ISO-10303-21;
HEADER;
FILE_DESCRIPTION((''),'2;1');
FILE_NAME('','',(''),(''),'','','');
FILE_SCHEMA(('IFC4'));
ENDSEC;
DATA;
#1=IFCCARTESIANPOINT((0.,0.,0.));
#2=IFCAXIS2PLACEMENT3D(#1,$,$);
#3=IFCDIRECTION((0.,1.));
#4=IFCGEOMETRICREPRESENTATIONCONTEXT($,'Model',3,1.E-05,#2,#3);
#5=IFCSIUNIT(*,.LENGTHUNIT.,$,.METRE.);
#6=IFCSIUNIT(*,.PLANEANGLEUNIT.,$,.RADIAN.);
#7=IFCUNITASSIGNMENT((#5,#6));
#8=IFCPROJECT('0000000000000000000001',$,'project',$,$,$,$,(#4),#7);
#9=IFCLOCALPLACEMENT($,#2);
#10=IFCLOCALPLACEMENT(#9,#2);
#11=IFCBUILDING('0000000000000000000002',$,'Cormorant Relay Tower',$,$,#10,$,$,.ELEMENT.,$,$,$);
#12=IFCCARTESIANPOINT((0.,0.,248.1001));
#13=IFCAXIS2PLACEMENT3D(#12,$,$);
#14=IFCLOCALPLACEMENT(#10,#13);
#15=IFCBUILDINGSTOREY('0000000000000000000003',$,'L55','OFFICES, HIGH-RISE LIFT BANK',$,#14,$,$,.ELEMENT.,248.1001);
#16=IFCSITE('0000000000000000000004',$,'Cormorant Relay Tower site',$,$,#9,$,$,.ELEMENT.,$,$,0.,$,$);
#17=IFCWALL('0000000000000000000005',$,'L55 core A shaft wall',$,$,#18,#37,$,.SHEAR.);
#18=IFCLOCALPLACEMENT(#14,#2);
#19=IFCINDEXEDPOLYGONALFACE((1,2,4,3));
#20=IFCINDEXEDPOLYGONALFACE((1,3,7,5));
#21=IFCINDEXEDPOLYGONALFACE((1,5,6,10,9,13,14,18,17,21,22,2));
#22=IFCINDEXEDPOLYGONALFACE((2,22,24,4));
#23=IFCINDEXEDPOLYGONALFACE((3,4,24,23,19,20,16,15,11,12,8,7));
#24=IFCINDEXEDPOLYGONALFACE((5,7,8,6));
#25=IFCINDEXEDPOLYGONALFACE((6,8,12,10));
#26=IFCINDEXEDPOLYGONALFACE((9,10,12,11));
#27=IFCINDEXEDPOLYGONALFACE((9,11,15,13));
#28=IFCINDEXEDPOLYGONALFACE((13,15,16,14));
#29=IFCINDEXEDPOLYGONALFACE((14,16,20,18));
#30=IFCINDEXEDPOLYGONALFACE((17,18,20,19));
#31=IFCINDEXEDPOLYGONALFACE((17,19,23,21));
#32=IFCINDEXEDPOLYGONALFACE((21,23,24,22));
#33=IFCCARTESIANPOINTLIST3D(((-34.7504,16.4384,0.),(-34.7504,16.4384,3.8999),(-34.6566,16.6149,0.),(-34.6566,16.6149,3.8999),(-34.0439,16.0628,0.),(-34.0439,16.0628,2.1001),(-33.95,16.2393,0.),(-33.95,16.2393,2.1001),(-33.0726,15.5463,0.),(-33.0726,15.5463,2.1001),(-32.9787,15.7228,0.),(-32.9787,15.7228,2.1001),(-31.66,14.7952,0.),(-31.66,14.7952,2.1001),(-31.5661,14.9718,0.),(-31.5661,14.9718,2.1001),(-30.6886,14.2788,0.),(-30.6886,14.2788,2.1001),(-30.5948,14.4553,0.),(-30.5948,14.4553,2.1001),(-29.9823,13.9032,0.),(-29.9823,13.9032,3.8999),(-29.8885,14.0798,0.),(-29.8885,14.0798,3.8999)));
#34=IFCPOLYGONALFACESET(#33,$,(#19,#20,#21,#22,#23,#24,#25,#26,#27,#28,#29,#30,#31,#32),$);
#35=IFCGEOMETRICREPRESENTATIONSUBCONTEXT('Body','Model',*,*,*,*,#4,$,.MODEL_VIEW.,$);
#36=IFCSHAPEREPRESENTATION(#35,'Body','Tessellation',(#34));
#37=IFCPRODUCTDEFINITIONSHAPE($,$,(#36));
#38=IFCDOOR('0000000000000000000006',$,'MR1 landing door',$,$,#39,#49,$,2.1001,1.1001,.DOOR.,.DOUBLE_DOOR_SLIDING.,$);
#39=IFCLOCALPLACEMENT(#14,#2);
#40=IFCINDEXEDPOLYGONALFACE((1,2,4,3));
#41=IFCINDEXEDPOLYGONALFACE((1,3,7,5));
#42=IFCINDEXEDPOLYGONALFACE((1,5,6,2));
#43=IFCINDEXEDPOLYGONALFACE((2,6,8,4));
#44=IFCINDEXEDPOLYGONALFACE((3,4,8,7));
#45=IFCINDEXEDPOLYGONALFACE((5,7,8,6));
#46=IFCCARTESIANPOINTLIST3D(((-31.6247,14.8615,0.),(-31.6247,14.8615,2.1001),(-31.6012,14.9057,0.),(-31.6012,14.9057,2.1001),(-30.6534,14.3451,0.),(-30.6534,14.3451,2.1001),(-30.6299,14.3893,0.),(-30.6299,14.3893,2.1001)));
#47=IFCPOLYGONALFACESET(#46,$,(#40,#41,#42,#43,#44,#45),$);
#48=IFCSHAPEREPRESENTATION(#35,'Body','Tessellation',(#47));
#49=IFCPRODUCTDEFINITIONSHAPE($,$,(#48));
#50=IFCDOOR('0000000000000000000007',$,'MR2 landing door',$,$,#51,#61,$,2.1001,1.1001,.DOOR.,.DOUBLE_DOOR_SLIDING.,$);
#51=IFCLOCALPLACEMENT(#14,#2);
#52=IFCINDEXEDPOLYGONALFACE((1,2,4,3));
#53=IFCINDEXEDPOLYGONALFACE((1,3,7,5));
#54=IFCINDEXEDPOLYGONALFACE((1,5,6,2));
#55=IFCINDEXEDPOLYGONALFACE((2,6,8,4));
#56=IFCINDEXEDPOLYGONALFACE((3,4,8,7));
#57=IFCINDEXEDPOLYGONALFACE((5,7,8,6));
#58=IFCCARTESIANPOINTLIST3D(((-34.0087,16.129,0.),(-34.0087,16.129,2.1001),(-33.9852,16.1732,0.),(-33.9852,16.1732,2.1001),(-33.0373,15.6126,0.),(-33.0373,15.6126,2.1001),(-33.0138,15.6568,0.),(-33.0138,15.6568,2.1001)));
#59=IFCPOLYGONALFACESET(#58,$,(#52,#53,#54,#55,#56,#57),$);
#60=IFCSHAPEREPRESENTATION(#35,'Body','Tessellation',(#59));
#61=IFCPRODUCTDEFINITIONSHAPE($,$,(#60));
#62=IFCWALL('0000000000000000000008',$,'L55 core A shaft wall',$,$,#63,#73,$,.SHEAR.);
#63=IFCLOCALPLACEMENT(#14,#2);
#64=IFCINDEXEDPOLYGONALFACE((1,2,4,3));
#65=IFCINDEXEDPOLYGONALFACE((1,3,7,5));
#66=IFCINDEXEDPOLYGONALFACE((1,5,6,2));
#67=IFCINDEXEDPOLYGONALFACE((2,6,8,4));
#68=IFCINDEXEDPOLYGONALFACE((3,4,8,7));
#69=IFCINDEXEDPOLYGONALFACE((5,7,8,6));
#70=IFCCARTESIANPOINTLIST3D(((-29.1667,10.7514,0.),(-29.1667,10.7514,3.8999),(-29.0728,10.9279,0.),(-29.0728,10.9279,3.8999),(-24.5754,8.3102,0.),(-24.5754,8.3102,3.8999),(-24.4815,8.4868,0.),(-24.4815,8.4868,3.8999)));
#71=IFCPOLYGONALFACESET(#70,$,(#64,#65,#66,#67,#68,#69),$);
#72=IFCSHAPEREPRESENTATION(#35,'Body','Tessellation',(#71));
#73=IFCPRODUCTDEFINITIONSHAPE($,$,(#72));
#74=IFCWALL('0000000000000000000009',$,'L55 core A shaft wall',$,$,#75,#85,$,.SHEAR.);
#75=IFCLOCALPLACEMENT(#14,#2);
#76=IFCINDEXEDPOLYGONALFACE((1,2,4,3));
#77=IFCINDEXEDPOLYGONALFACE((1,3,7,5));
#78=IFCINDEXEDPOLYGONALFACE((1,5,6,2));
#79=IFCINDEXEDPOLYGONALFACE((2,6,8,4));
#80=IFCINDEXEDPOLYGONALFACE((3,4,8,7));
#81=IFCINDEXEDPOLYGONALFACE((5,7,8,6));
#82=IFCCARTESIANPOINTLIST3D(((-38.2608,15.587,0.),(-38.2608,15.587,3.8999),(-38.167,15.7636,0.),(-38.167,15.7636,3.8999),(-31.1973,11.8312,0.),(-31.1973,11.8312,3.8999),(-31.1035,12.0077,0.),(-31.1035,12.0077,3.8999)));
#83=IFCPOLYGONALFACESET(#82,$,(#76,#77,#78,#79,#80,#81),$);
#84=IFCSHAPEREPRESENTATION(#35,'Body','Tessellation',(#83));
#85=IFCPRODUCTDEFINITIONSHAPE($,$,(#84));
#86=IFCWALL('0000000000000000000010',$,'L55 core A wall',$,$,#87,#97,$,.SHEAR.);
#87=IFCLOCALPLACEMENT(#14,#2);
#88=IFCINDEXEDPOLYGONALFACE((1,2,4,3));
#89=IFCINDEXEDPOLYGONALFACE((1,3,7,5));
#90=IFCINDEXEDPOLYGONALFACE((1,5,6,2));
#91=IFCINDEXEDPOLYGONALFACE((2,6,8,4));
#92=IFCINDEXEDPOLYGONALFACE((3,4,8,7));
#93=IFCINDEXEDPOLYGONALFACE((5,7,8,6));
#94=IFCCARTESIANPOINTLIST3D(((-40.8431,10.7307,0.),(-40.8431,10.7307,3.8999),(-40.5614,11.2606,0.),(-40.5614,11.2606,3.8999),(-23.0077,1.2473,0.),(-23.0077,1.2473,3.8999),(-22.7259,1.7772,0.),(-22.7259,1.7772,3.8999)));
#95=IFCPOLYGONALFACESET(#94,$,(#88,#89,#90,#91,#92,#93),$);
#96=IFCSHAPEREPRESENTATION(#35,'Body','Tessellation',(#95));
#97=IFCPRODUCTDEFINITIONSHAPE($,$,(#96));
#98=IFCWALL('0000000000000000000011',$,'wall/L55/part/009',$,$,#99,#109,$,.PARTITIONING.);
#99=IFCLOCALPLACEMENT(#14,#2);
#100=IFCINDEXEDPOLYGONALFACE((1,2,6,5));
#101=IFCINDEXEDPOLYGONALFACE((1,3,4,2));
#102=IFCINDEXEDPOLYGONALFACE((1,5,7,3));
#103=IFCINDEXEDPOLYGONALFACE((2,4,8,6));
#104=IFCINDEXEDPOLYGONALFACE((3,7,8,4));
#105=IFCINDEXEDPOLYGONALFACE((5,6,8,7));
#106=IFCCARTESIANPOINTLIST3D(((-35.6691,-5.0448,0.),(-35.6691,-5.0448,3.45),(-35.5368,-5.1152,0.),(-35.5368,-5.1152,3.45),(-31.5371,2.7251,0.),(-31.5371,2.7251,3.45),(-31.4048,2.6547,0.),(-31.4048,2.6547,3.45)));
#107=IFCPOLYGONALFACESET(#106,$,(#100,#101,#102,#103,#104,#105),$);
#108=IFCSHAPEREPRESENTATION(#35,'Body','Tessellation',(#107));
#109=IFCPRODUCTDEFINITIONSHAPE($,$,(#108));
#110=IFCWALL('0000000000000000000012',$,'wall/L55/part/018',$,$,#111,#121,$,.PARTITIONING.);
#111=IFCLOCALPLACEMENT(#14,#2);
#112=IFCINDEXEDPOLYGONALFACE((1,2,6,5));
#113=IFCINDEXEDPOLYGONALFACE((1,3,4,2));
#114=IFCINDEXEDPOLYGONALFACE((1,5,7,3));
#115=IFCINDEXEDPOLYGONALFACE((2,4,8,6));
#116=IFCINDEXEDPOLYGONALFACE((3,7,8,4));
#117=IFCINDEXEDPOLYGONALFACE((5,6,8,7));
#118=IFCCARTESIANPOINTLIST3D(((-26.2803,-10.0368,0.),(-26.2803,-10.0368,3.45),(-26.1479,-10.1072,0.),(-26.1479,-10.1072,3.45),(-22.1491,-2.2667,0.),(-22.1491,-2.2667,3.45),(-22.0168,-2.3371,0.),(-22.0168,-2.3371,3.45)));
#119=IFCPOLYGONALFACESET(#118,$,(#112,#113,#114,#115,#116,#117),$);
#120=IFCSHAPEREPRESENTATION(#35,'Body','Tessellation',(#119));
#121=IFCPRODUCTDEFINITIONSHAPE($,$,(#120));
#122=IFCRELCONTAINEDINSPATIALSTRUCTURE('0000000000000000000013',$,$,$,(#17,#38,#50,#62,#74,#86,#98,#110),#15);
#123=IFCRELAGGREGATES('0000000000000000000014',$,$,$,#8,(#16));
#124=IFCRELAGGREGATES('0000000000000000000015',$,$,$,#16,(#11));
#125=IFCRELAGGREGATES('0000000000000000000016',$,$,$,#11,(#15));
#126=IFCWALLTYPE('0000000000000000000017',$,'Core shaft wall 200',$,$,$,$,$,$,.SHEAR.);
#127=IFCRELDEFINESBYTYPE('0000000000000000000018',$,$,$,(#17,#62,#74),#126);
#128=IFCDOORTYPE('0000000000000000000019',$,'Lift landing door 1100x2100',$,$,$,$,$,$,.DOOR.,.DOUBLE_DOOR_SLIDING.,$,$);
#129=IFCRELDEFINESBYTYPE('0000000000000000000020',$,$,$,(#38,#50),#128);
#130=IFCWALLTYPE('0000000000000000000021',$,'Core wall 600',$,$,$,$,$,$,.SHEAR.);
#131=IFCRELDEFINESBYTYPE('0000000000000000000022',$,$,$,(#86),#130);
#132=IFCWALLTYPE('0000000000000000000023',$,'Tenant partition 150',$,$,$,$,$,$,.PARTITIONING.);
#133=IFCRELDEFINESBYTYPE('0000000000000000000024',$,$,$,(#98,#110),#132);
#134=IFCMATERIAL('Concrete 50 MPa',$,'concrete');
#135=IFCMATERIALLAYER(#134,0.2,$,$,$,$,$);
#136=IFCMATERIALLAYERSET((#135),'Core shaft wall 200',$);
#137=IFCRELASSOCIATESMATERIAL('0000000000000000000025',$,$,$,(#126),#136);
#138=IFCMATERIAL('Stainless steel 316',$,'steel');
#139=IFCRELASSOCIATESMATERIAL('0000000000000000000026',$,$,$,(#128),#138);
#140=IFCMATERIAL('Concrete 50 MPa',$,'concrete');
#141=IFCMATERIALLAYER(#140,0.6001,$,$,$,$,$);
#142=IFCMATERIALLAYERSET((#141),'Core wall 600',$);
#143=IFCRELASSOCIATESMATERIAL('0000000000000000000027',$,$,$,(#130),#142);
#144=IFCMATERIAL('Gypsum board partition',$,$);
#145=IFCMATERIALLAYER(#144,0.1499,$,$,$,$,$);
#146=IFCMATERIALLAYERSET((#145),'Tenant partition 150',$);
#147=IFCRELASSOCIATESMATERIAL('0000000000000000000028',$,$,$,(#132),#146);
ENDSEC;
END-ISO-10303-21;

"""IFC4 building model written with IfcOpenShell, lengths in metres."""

from ifc_helpers import new_model, si_unit, direction, frame, frame_2d, origin, place, context, subcontext, project, spatial, rectangle, extrude, material, layer, layer_set, type_object, element, fill, save


model = new_model("IFC4")

# Units and contexts
model_context = context("Model", 3, precision=1e-05, world=origin(), true_north=direction((0.0, 1.0)))
body_context = subcontext(model_context, "Body", "Model", "MODEL_VIEW")
ifc_project = project(units=[si_unit("LENGTHUNIT", "METRE"), si_unit("PLANEANGLEUNIT", "RADIAN")], contexts=[model_context])

# Site, building, storey
site_placement = place(None, origin())
site = spatial("IfcSite", under=ifc_project, at=site_placement, Name="Cormorant Relay Tower site", CompositionType="ELEMENT", RefElevation=0.0)
building_placement = place(site_placement, origin())
building = spatial("IfcBuilding", under=site, at=building_placement, Name="Cormorant Relay Tower", CompositionType="ELEMENT")
storey_placement = place(building_placement, frame((0.0, 0.0, 248.1001)))
storey = spatial("IfcBuildingStorey", under=building, at=storey_placement, Name="L55", Description="OFFICES, HIGH-RISE LIFT BANK", CompositionType="ELEMENT", Elevation=248.1001)

# Shared definitions
ifc_material_1 = material(Name="Concrete 50 MPa", Category="concrete")
ifc_layer_1 = layer(ifc_material_1, 0.2)
ifc_layer_set_1 = layer_set([ifc_layer_1], Name="Core shaft wall 200")
wall_type_1 = type_object("IfcWallType", Name="Core shaft wall 200", PredefinedType="SHEAR", material=ifc_layer_set_1)

# Wall, openings, doors
wall_1_placement = place(storey_placement, frame((-29.9353, 13.9915, 0.0), z_axis=(0.0, 0.0, 1.0), x_axis=(-0.882953, 0.469462, 0.0)))
wall_1 = element("IfcWall", 1, at=wall_1_placement, inside=storey, type_object=wall_type_1, Name="L55 core A shaft wall", PredefinedType="SHEAR", context=body_context, shape_type="SweptSolid", body=[
    extrude(rectangle(XDim=5.4001, YDim=0.2, at=frame_2d((2.7002, 0.0))), origin(), (0.0, 0.0, 1.0), 3.8999),
])
opening_1_placement = place(wall_1_placement, frame((0.8, 0.0, 0.0)))
opening_1 = element("IfcOpeningElement", 2, at=opening_1_placement, cuts=wall_1, PredefinedType="OPENING", context=body_context, shape_type="SweptSolid", body=[
    extrude(rectangle(XDim=1.1001, YDim=2.1001, at=frame_2d((0.55, 1.05))), frame((0.0, 0.1099, 0.0), z_axis=(0.0, -1.0, 0.0), x_axis=(1.0, 0.0, 0.0)), (0.0, 0.0, 1.0), 0.22),
])
opening_2_placement = place(wall_1_placement, frame((3.5, 0.0, 0.0)))
opening_2 = element("IfcOpeningElement", 3, at=opening_2_placement, cuts=wall_1, PredefinedType="OPENING", context=body_context, shape_type="SweptSolid", body=[
    extrude(rectangle(XDim=1.1001, YDim=2.1001, at=frame_2d((0.55, 1.05))), frame((0.0, 0.1099, 0.0), z_axis=(0.0, -1.0, 0.0), x_axis=(1.0, 0.0, 0.0)), (0.0, 0.0, 1.0), 0.22),
])
ifc_material_2 = material(Name="Stainless steel 316", Category="steel")
door_type_1 = type_object("IfcDoorType", Name="Lift landing door 1100x2100", OperationType="DOUBLE_DOOR_SLIDING", PredefinedType="DOOR", material=ifc_material_2)
door_1_placement = place(opening_1_placement, origin())
door_1 = element("IfcDoor", 4, at=door_1_placement, inside=storey, type_object=door_type_1, Name="MR1 landing door", OperationType="DOUBLE_DOOR_SLIDING", OverallHeight=2.1001, OverallWidth=1.1001, PredefinedType="DOOR", context=body_context, shape_type="SweptSolid", body=[
    extrude(rectangle(XDim=1.1001, YDim=2.1001, at=frame_2d((0.55, 1.05))), frame((0.0, 0.0249, 0.0), z_axis=(0.0, -1.0, 0.0), x_axis=(1.0, 0.0, 0.0)), (0.0, 0.0, 1.0), 0.05),
])
fill(opening_1, door_1)
door_2_placement = place(opening_2_placement, origin())
door_2 = element("IfcDoor", 5, at=door_2_placement, inside=storey, type_object=door_type_1, Name="MR2 landing door", OperationType="DOUBLE_DOOR_SLIDING", OverallHeight=2.1001, OverallWidth=1.1001, PredefinedType="DOOR", context=body_context, shape_type="SweptSolid", body=[
    extrude(rectangle(XDim=1.1001, YDim=2.1001, at=frame_2d((0.55, 1.05))), frame((0.0, 0.0249, 0.0), z_axis=(0.0, -1.0, 0.0), x_axis=(1.0, 0.0, 0.0)), (0.0, 0.0, 1.0), 0.05),
])
fill(opening_2, door_2)

# Walls
wall_2_placement = place(storey_placement, frame((-24.5283, 8.3984, 0.0), z_axis=(0.0, 0.0, 1.0), x_axis=(-0.882954, 0.46946, 0.0)))
element("IfcWall", 6, at=wall_2_placement, inside=storey, type_object=wall_type_1, Name="L55 core A shaft wall", PredefinedType="SHEAR", context=body_context, shape_type="SweptSolid", body=[
    extrude(rectangle(XDim=5.2, YDim=0.2, at=frame_2d((2.6001, 0.0))), origin(), (0.0, 0.0, 1.0), 3.8999),
])
wall_3_placement = place(storey_placement, frame((-31.1504, 11.9194, 0.0), z_axis=(0.0, 0.0, 1.0), x_axis=(-0.88294, 0.469485, 0.0)))
element("IfcWall", 7, at=wall_3_placement, inside=storey, type_object=wall_type_1, Name="L55 core A shaft wall", PredefinedType="SHEAR", context=body_context, shape_type="SweptSolid", body=[
    extrude(rectangle(XDim=8.0, YDim=0.2, at=frame_2d((4.0, 0.0))), origin(), (0.0, 0.0, 1.0), 3.8999),
])
ifc_material_3 = material(Name="Concrete 50 MPa", Category="concrete")
ifc_layer_2 = layer(ifc_material_3, 0.6001)
ifc_layer_set_2 = layer_set([ifc_layer_2], Name="Core wall 600")
wall_type_2 = type_object("IfcWallType", Name="Core wall 600", PredefinedType="SHEAR", material=ifc_layer_set_2)
wall_4_placement = place(storey_placement, frame((-22.8667, 1.5122, 0.0), z_axis=(0.0, 0.0, 1.0), x_axis=(-0.882945, 0.469476, 0.0)))
element("IfcWall", 8, at=wall_4_placement, inside=storey, type_object=wall_type_2, Name="L55 core A wall", PredefinedType="SHEAR", context=body_context, shape_type="SweptSolid", body=[
    extrude(rectangle(XDim=20.2, YDim=0.6001, at=frame_2d((10.1001, 0.0))), origin(), (0.0, 0.0, 1.0), 3.8999),
])
ifc_material_4 = material(Name="Gypsum board partition")
ifc_layer_3 = layer(ifc_material_4, 0.1499)
ifc_layer_set_3 = layer_set([ifc_layer_3], Name="Tenant partition 150")
wall_type_3 = type_object("IfcWallType", Name="Tenant partition 150", PredefinedType="PARTITIONING", material=ifc_layer_set_3)
wall_5_placement = place(storey_placement, frame((-31.4709, 2.6899, 0.0), z_axis=(0.0, 0.0, 1.0), x_axis=(-0.469532, -0.882915, 0.0)))
element("IfcWall", 9, at=wall_5_placement, inside=storey, type_object=wall_type_3, Name="wall/L55/part/009", PredefinedType="PARTITIONING", context=body_context, shape_type="SweptSolid", body=[
    extrude(rectangle(XDim=8.8003, YDim=0.1499, at=frame_2d((4.4001, 0.0))), origin(), (0.0, 0.0, 1.0), 3.45),
])
wall_6_placement = place(storey_placement, frame((-22.083, -2.302, 0.0), z_axis=(0.0, 0.0, 1.0), x_axis=(-0.469446, -0.882961, 0.0)))
element("IfcWall", 10, at=wall_6_placement, inside=storey, type_object=wall_type_3, Name="wall/L55/part/018", PredefinedType="PARTITIONING", context=body_context, shape_type="SweptSolid", body=[
    extrude(rectangle(XDim=8.8, YDim=0.1499, at=frame_2d((4.3999, 0.0))), origin(), (0.0, 0.0, 1.0), 3.45),
])

save(model, "model.ifc")
